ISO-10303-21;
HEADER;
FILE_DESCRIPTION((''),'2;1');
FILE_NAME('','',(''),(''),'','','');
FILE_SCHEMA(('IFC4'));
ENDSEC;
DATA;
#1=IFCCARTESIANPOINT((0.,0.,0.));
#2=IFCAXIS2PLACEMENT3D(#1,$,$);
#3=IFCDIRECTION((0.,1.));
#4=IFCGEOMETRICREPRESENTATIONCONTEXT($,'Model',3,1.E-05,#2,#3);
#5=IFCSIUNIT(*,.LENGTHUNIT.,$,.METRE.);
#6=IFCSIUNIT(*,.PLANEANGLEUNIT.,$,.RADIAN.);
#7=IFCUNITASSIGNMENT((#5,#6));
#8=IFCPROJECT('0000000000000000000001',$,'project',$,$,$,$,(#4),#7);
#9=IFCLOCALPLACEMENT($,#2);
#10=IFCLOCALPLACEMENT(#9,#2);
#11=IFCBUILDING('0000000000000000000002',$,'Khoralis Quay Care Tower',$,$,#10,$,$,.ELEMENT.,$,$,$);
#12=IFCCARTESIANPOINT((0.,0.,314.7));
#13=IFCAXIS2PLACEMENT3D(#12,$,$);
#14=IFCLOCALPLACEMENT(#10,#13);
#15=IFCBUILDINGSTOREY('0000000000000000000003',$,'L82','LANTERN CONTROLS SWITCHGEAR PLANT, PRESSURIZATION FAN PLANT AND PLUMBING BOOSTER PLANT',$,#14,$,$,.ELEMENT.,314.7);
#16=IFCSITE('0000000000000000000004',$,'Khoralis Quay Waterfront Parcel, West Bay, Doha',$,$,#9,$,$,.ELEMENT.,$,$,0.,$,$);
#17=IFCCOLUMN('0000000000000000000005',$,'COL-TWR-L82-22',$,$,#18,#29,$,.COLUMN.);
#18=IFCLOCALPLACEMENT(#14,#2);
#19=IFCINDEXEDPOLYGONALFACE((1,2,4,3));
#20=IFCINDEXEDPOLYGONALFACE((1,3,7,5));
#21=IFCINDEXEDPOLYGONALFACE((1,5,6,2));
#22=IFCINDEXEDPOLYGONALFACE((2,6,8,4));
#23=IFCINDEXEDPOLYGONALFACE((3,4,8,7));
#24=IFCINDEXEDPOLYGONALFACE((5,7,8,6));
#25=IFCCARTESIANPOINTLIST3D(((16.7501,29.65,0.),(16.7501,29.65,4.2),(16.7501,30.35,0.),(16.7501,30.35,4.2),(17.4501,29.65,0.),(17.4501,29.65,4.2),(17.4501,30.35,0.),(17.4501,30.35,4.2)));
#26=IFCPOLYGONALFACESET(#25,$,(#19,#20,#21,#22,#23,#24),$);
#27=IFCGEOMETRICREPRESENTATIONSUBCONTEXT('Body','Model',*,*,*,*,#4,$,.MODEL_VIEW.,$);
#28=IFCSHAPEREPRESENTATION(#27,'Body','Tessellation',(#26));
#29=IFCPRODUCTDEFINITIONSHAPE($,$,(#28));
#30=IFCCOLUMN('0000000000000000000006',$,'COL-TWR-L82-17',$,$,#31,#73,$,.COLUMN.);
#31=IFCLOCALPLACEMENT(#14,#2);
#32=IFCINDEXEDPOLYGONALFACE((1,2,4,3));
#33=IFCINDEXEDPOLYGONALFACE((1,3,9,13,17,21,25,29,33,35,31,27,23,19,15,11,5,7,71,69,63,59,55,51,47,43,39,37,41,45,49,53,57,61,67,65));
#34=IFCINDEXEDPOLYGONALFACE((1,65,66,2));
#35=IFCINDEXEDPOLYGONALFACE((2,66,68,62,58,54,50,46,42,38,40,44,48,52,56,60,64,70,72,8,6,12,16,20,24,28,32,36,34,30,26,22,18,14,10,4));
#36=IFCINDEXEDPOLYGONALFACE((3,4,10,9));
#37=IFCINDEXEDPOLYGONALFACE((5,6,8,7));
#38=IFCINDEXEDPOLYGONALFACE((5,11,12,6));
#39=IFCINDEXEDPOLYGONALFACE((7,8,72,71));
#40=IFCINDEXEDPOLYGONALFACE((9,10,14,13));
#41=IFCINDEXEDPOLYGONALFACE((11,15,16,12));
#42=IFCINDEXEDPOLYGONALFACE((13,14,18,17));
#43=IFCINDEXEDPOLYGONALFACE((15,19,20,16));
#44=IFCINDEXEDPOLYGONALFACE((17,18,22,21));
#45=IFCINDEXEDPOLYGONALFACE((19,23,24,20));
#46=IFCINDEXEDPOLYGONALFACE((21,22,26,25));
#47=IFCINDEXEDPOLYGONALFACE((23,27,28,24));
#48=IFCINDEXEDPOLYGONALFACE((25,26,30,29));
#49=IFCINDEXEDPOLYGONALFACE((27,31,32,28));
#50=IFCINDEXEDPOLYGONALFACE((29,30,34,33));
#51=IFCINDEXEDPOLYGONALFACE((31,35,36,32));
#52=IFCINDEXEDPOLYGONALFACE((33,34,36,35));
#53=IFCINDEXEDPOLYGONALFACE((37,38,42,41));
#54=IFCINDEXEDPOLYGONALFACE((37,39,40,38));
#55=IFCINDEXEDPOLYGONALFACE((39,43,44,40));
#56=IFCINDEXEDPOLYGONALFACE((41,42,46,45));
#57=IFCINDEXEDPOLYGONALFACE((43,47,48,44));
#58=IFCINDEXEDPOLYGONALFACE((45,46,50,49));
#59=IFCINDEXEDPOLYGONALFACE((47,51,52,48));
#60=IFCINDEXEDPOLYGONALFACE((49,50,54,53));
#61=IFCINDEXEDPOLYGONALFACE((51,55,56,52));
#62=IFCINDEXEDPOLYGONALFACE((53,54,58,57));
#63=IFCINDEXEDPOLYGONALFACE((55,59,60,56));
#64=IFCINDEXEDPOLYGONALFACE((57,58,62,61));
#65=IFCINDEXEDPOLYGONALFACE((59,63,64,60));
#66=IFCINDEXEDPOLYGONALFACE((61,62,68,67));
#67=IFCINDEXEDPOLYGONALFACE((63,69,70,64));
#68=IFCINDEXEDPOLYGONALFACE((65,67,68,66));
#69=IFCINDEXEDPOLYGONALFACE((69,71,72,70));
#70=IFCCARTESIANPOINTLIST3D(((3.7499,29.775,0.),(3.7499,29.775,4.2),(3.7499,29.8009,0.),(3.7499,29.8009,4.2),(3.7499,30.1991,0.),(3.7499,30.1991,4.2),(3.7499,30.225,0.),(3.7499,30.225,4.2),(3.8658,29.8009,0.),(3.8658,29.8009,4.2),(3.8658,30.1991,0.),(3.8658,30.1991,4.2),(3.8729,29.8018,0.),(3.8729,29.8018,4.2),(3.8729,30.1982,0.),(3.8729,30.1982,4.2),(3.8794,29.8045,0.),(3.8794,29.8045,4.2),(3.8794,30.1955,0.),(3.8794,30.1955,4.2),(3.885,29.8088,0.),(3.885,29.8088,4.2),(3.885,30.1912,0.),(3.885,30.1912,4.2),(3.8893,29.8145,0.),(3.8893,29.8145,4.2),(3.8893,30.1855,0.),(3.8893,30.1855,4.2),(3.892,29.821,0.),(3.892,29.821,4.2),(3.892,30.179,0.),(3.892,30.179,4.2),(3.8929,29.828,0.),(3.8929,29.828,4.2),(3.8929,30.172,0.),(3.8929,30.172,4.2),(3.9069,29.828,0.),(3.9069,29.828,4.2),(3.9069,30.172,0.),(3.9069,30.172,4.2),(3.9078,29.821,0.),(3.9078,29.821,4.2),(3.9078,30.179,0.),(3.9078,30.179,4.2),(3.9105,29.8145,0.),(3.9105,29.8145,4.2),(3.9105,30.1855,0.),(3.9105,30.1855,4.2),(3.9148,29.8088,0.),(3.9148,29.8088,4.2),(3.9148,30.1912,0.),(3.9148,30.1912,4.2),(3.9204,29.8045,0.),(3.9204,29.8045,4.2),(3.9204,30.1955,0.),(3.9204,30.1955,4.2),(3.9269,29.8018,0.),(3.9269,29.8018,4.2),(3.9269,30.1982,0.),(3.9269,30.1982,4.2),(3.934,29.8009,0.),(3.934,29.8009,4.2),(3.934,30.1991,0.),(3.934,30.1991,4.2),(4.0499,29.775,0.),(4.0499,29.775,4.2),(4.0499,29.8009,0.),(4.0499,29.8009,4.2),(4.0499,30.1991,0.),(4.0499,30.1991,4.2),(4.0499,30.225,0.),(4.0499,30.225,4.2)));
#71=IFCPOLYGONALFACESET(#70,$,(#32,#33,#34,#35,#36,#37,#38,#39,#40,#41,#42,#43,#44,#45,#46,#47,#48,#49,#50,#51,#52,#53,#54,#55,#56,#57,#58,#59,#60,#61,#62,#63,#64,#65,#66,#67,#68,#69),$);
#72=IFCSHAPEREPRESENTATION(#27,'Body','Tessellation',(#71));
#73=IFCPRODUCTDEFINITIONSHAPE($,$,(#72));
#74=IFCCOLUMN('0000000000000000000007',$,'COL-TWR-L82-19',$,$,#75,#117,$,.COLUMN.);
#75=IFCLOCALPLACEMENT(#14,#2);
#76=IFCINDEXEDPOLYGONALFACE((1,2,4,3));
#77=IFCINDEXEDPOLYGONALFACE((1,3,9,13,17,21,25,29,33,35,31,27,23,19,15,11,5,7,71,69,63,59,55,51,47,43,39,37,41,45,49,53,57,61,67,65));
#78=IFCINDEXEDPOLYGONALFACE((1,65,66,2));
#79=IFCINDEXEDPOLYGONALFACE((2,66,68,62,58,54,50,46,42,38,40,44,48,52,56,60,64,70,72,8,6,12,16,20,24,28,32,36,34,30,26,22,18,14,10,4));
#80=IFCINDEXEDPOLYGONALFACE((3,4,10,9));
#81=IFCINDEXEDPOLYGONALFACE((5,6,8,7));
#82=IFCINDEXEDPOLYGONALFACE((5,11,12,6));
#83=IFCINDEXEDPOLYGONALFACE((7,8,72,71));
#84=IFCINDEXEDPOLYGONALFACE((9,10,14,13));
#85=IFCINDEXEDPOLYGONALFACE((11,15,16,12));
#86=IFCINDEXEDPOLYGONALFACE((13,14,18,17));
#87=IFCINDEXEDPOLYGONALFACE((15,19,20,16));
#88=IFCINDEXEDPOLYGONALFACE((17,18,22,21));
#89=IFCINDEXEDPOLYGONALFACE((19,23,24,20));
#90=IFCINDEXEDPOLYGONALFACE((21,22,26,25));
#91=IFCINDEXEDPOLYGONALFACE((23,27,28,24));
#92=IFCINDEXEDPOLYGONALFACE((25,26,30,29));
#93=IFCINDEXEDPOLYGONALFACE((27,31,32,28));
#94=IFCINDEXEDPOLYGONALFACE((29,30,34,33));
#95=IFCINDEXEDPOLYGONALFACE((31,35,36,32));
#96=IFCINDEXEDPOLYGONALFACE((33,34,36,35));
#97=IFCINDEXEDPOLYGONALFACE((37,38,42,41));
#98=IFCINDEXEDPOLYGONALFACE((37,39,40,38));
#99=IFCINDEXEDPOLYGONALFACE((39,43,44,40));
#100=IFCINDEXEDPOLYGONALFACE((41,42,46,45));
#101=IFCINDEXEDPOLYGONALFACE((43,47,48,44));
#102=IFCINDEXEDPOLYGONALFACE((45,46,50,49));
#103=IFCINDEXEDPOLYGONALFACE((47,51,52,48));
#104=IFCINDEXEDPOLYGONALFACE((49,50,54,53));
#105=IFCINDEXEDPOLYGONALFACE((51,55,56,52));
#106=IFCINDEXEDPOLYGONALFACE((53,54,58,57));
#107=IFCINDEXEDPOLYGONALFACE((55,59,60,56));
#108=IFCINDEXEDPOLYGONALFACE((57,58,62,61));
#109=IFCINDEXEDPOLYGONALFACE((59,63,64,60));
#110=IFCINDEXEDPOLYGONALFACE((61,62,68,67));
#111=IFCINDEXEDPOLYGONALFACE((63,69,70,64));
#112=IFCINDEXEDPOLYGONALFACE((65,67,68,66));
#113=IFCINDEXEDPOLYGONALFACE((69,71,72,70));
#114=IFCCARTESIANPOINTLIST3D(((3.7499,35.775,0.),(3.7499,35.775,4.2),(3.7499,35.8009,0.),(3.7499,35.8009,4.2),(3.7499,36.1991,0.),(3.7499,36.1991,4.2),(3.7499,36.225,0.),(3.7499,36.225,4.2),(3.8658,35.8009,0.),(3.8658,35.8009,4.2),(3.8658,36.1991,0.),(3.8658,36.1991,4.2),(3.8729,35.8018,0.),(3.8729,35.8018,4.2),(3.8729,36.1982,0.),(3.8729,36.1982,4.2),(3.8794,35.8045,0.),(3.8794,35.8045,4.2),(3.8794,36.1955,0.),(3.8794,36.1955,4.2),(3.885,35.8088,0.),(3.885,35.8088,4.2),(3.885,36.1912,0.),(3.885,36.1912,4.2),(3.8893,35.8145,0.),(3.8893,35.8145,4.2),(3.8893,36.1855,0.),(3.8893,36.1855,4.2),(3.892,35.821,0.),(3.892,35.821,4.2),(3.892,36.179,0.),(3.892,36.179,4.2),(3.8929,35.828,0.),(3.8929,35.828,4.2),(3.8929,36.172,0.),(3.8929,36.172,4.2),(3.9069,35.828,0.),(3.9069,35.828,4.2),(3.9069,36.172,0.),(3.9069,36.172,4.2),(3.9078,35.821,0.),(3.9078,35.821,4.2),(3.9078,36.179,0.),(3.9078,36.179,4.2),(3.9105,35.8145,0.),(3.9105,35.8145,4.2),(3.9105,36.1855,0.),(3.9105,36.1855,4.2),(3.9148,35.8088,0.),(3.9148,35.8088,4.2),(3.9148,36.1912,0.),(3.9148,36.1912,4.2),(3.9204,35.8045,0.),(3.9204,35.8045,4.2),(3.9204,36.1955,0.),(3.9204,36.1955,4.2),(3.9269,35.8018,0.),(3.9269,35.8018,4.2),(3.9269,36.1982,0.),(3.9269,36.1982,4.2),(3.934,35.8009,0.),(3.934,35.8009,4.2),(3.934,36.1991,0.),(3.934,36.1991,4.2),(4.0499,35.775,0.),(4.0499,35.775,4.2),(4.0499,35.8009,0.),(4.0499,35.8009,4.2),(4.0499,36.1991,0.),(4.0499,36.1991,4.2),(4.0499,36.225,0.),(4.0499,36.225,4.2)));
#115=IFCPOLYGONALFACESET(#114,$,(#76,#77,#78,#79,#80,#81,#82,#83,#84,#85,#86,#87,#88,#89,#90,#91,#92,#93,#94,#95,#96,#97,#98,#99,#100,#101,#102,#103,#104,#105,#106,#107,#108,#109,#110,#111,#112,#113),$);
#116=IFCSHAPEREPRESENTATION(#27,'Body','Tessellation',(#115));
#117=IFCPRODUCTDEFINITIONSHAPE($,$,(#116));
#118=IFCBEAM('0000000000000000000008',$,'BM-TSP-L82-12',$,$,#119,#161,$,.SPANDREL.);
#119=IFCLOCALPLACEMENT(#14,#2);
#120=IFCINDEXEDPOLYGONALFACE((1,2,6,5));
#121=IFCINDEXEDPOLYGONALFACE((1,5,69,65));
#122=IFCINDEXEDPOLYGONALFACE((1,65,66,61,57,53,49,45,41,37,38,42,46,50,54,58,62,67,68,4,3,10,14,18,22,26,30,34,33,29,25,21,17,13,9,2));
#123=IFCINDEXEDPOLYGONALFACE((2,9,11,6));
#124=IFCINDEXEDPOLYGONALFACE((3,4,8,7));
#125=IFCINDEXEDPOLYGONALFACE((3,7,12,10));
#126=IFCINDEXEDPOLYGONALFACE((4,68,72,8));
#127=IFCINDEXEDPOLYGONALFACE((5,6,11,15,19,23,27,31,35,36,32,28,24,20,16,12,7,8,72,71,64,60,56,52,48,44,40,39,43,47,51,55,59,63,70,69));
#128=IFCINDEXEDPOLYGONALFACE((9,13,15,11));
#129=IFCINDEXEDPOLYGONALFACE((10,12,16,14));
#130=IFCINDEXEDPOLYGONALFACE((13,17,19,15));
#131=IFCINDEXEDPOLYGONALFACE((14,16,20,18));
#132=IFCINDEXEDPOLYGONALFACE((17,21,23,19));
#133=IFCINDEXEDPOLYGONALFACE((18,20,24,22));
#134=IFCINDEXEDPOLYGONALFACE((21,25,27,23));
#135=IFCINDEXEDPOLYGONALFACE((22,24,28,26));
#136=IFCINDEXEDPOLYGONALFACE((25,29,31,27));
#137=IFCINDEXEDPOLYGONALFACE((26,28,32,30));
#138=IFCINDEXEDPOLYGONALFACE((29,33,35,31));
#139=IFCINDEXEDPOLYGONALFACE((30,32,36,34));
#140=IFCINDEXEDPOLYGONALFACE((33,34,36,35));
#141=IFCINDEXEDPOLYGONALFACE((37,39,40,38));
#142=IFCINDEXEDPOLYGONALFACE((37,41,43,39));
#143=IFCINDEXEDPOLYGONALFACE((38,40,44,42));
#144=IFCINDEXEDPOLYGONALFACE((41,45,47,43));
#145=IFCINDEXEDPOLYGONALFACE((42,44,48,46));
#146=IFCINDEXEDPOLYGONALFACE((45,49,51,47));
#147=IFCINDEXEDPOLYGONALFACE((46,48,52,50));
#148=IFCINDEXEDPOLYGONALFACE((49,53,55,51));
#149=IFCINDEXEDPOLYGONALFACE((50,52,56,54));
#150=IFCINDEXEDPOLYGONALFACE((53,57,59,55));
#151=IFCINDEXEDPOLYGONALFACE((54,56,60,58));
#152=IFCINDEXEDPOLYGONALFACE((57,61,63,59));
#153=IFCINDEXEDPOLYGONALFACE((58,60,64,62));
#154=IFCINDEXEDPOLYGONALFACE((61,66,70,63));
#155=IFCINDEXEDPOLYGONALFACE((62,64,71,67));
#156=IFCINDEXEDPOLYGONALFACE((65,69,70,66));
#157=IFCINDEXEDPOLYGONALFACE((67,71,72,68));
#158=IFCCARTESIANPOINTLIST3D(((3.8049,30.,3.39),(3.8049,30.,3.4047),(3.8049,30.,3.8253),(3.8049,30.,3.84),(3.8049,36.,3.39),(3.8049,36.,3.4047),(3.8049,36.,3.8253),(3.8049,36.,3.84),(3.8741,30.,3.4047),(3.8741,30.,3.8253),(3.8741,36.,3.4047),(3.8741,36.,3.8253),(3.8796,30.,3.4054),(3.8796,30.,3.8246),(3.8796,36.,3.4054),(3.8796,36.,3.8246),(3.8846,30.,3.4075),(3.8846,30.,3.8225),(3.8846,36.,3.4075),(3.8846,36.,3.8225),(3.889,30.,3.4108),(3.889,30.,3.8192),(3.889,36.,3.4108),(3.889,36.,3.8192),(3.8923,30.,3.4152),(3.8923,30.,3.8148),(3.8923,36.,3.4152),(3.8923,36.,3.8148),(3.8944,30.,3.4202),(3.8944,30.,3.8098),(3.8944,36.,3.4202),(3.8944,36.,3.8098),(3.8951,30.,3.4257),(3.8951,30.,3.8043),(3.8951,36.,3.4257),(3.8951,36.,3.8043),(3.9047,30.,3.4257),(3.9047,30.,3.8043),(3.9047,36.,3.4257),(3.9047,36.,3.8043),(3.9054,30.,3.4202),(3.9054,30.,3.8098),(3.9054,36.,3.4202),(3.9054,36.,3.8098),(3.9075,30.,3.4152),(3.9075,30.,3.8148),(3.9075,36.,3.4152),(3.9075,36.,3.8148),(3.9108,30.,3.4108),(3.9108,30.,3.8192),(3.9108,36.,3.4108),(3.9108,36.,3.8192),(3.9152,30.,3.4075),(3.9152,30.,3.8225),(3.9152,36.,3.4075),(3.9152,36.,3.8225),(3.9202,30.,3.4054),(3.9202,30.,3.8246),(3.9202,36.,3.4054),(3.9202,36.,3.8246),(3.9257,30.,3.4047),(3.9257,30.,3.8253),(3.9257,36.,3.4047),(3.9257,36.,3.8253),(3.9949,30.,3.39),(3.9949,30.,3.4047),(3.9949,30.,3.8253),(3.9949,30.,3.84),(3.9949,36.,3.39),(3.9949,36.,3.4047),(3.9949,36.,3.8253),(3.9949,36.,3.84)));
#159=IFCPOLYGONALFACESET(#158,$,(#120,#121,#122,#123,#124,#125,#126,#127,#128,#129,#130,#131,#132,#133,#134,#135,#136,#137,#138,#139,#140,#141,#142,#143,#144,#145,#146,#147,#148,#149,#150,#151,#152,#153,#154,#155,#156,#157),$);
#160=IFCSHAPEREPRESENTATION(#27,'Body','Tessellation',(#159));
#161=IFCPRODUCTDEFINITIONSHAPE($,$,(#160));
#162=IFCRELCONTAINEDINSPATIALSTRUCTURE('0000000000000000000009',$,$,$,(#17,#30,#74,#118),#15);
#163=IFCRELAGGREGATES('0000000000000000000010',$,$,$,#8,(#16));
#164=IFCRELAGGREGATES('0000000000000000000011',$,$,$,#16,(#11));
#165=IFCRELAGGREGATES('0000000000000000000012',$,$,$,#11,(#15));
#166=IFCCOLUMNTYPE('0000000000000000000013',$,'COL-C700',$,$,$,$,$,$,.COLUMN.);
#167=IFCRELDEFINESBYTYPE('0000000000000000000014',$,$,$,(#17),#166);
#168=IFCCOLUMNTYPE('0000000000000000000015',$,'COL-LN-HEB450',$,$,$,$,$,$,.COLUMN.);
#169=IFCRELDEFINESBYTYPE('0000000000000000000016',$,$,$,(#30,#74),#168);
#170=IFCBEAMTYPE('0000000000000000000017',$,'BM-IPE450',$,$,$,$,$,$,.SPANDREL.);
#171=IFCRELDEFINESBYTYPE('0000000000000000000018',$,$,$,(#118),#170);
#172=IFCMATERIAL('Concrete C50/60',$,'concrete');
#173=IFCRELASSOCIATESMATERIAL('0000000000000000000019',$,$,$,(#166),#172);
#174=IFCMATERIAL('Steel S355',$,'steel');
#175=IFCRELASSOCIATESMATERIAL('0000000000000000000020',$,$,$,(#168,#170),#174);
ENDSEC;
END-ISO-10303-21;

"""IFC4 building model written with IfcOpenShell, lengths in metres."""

from ifc_helpers import new_model, si_unit, direction, frame, origin, origin_2d, place, context, subcontext, project, spatial, rectangle, i_section, extrude, source, transform, mapped, material, material_profile, profile_set, type_object, element, save


model = new_model("IFC4")

# Units and contexts
model_context = context("Model", 3, precision=1e-05, world=origin(), true_north=direction((0.0, 1.0)))
body_context = subcontext(model_context, "Body", "Model", "MODEL_VIEW")
ifc_project = project(units=[si_unit("LENGTHUNIT", "METRE"), si_unit("PLANEANGLEUNIT", "RADIAN")], contexts=[model_context])

# Site, building, storey
site_placement = place(None, origin())
site = spatial("IfcSite", under=ifc_project, at=site_placement, Name="Khoralis Quay Waterfront Parcel, West Bay, Doha", CompositionType="ELEMENT", RefElevation=0.0)
building_placement = place(site_placement, origin())
building = spatial("IfcBuilding", under=site, at=building_placement, Name="Khoralis Quay Care Tower", CompositionType="ELEMENT")
storey_placement = place(building_placement, frame((0.0, 0.0, 314.7)))
storey = spatial("IfcBuildingStorey", under=building, at=storey_placement, Name="L82", Description="LANTERN CONTROLS SWITCHGEAR PLANT, PRESSURIZATION FAN PLANT AND PLUMBING BOOSTER PLANT", CompositionType="ELEMENT", Elevation=314.7)

# Columns
ifc_material_1 = material(Name="Concrete C50/60", Category="concrete")
ifc_material_profile_1 = material_profile(ifc_material_1, rectangle(XDim=0.7, YDim=0.7, at=origin_2d()), Name="Concrete C50/60")
ifc_profile_set_1 = profile_set([ifc_material_profile_1], Name="Concrete C50/60")
column_type_1 = type_object("IfcColumnType", Name="COL-C700", PredefinedType="COLUMN", material=ifc_profile_set_1)
shared_shape_1 = source(origin(), body_context, "Body", "SweptSolid", [
    extrude(rectangle(XDim=0.7, YDim=0.7, at=origin_2d()), origin(), (0.0, 0.0, 1.0), 4.2),
])
column_placement = place(storey_placement, frame((17.1001, 30.0, 0.0), z_axis=(0.0, 0.0, 1.0), x_axis=(1.0, 0.0, 0.0)))
element("IfcColumn", 1, at=column_placement, inside=storey, type_object=column_type_1, Name="COL-TWR-L82-22", PredefinedType="COLUMN", context=body_context, shape_type="MappedRepresentation", body=[
    mapped(shared_shape_1, transform((0.0, 0.0, 0.0), scale=1.0)),
])
ifc_material_2 = material(Name="Steel S355", Category="steel")
ifc_material_profile_2 = material_profile(ifc_material_2, i_section(OverallWidth=0.3, OverallDepth=0.45, WebThickness=0.0139, FlangeThickness=0.0259, FilletRadius=0.0271, at=origin_2d()), Name="Steel S355")
ifc_profile_set_2 = profile_set([ifc_material_profile_2], Name="Steel S355")
column_type_2 = type_object("IfcColumnType", Name="COL-LN-HEB450", PredefinedType="COLUMN", material=ifc_profile_set_2)
shared_shape_2 = source(origin(), body_context, "Body", "SweptSolid", [
    extrude(i_section(OverallWidth=0.3, OverallDepth=0.45, WebThickness=0.0139, FlangeThickness=0.0259, FilletRadius=0.0271, at=origin_2d()), origin(), (0.0, 0.0, 1.0), 4.2),
])
for number, where, z_axis, x_axis, name in (
    (2, (3.8999, 30.0, 0.0), (0.0, 0.0, 1.0), (1.0, 0.0, 0.0), "COL-TWR-L82-17"),
    (3, (3.8999, 36.0, 0.0), (0.0, 0.0, 1.0), (1.0, 0.0, 0.0), "COL-TWR-L82-19"),
):
    element("IfcColumn", number, at=place(storey_placement, frame(where, z_axis=z_axis, x_axis=x_axis)), inside=storey, type_object=column_type_2, Name=name, PredefinedType="COLUMN", context=body_context, shape_type="MappedRepresentation", body=[
        mapped(shared_shape_2, transform((0.0, 0.0, 0.0), scale=1.0)),
    ])

# Beam
ifc_material_profile_3 = material_profile(ifc_material_2, i_section(OverallWidth=0.1899, OverallDepth=0.45, WebThickness=0.0095, FlangeThickness=0.0146, FilletRadius=0.021, at=origin_2d()), Name="Steel S355")
ifc_profile_set_3 = profile_set([ifc_material_profile_3], Name="Steel S355")
beam_type_1 = type_object("IfcBeamType", Name="BM-IPE450", PredefinedType="SPANDREL", material=ifc_profile_set_3)
shared_shape_3 = source(origin(), body_context, "Body", "SweptSolid", [
    extrude(i_section(OverallWidth=0.1899, OverallDepth=0.45, WebThickness=0.0095, FlangeThickness=0.0146, FilletRadius=0.021, at=origin_2d()), origin(), (0.0, 0.0, 1.0), 6.0),
])
beam_1_placement = place(storey_placement, frame((3.8999, 30.0, 3.615), z_axis=(0.0, 1.0, 0.0), x_axis=(-1.0, 0.0, 0.0)))
element("IfcBeam", 4, at=beam_1_placement, inside=storey, type_object=beam_type_1, Name="BM-TSP-L82-12", PredefinedType="SPANDREL", context=body_context, shape_type="MappedRepresentation", body=[
    mapped(shared_shape_3, transform((0.0, 0.0, 0.0), scale=1.0)),
])

save(model, "model.ifc")
